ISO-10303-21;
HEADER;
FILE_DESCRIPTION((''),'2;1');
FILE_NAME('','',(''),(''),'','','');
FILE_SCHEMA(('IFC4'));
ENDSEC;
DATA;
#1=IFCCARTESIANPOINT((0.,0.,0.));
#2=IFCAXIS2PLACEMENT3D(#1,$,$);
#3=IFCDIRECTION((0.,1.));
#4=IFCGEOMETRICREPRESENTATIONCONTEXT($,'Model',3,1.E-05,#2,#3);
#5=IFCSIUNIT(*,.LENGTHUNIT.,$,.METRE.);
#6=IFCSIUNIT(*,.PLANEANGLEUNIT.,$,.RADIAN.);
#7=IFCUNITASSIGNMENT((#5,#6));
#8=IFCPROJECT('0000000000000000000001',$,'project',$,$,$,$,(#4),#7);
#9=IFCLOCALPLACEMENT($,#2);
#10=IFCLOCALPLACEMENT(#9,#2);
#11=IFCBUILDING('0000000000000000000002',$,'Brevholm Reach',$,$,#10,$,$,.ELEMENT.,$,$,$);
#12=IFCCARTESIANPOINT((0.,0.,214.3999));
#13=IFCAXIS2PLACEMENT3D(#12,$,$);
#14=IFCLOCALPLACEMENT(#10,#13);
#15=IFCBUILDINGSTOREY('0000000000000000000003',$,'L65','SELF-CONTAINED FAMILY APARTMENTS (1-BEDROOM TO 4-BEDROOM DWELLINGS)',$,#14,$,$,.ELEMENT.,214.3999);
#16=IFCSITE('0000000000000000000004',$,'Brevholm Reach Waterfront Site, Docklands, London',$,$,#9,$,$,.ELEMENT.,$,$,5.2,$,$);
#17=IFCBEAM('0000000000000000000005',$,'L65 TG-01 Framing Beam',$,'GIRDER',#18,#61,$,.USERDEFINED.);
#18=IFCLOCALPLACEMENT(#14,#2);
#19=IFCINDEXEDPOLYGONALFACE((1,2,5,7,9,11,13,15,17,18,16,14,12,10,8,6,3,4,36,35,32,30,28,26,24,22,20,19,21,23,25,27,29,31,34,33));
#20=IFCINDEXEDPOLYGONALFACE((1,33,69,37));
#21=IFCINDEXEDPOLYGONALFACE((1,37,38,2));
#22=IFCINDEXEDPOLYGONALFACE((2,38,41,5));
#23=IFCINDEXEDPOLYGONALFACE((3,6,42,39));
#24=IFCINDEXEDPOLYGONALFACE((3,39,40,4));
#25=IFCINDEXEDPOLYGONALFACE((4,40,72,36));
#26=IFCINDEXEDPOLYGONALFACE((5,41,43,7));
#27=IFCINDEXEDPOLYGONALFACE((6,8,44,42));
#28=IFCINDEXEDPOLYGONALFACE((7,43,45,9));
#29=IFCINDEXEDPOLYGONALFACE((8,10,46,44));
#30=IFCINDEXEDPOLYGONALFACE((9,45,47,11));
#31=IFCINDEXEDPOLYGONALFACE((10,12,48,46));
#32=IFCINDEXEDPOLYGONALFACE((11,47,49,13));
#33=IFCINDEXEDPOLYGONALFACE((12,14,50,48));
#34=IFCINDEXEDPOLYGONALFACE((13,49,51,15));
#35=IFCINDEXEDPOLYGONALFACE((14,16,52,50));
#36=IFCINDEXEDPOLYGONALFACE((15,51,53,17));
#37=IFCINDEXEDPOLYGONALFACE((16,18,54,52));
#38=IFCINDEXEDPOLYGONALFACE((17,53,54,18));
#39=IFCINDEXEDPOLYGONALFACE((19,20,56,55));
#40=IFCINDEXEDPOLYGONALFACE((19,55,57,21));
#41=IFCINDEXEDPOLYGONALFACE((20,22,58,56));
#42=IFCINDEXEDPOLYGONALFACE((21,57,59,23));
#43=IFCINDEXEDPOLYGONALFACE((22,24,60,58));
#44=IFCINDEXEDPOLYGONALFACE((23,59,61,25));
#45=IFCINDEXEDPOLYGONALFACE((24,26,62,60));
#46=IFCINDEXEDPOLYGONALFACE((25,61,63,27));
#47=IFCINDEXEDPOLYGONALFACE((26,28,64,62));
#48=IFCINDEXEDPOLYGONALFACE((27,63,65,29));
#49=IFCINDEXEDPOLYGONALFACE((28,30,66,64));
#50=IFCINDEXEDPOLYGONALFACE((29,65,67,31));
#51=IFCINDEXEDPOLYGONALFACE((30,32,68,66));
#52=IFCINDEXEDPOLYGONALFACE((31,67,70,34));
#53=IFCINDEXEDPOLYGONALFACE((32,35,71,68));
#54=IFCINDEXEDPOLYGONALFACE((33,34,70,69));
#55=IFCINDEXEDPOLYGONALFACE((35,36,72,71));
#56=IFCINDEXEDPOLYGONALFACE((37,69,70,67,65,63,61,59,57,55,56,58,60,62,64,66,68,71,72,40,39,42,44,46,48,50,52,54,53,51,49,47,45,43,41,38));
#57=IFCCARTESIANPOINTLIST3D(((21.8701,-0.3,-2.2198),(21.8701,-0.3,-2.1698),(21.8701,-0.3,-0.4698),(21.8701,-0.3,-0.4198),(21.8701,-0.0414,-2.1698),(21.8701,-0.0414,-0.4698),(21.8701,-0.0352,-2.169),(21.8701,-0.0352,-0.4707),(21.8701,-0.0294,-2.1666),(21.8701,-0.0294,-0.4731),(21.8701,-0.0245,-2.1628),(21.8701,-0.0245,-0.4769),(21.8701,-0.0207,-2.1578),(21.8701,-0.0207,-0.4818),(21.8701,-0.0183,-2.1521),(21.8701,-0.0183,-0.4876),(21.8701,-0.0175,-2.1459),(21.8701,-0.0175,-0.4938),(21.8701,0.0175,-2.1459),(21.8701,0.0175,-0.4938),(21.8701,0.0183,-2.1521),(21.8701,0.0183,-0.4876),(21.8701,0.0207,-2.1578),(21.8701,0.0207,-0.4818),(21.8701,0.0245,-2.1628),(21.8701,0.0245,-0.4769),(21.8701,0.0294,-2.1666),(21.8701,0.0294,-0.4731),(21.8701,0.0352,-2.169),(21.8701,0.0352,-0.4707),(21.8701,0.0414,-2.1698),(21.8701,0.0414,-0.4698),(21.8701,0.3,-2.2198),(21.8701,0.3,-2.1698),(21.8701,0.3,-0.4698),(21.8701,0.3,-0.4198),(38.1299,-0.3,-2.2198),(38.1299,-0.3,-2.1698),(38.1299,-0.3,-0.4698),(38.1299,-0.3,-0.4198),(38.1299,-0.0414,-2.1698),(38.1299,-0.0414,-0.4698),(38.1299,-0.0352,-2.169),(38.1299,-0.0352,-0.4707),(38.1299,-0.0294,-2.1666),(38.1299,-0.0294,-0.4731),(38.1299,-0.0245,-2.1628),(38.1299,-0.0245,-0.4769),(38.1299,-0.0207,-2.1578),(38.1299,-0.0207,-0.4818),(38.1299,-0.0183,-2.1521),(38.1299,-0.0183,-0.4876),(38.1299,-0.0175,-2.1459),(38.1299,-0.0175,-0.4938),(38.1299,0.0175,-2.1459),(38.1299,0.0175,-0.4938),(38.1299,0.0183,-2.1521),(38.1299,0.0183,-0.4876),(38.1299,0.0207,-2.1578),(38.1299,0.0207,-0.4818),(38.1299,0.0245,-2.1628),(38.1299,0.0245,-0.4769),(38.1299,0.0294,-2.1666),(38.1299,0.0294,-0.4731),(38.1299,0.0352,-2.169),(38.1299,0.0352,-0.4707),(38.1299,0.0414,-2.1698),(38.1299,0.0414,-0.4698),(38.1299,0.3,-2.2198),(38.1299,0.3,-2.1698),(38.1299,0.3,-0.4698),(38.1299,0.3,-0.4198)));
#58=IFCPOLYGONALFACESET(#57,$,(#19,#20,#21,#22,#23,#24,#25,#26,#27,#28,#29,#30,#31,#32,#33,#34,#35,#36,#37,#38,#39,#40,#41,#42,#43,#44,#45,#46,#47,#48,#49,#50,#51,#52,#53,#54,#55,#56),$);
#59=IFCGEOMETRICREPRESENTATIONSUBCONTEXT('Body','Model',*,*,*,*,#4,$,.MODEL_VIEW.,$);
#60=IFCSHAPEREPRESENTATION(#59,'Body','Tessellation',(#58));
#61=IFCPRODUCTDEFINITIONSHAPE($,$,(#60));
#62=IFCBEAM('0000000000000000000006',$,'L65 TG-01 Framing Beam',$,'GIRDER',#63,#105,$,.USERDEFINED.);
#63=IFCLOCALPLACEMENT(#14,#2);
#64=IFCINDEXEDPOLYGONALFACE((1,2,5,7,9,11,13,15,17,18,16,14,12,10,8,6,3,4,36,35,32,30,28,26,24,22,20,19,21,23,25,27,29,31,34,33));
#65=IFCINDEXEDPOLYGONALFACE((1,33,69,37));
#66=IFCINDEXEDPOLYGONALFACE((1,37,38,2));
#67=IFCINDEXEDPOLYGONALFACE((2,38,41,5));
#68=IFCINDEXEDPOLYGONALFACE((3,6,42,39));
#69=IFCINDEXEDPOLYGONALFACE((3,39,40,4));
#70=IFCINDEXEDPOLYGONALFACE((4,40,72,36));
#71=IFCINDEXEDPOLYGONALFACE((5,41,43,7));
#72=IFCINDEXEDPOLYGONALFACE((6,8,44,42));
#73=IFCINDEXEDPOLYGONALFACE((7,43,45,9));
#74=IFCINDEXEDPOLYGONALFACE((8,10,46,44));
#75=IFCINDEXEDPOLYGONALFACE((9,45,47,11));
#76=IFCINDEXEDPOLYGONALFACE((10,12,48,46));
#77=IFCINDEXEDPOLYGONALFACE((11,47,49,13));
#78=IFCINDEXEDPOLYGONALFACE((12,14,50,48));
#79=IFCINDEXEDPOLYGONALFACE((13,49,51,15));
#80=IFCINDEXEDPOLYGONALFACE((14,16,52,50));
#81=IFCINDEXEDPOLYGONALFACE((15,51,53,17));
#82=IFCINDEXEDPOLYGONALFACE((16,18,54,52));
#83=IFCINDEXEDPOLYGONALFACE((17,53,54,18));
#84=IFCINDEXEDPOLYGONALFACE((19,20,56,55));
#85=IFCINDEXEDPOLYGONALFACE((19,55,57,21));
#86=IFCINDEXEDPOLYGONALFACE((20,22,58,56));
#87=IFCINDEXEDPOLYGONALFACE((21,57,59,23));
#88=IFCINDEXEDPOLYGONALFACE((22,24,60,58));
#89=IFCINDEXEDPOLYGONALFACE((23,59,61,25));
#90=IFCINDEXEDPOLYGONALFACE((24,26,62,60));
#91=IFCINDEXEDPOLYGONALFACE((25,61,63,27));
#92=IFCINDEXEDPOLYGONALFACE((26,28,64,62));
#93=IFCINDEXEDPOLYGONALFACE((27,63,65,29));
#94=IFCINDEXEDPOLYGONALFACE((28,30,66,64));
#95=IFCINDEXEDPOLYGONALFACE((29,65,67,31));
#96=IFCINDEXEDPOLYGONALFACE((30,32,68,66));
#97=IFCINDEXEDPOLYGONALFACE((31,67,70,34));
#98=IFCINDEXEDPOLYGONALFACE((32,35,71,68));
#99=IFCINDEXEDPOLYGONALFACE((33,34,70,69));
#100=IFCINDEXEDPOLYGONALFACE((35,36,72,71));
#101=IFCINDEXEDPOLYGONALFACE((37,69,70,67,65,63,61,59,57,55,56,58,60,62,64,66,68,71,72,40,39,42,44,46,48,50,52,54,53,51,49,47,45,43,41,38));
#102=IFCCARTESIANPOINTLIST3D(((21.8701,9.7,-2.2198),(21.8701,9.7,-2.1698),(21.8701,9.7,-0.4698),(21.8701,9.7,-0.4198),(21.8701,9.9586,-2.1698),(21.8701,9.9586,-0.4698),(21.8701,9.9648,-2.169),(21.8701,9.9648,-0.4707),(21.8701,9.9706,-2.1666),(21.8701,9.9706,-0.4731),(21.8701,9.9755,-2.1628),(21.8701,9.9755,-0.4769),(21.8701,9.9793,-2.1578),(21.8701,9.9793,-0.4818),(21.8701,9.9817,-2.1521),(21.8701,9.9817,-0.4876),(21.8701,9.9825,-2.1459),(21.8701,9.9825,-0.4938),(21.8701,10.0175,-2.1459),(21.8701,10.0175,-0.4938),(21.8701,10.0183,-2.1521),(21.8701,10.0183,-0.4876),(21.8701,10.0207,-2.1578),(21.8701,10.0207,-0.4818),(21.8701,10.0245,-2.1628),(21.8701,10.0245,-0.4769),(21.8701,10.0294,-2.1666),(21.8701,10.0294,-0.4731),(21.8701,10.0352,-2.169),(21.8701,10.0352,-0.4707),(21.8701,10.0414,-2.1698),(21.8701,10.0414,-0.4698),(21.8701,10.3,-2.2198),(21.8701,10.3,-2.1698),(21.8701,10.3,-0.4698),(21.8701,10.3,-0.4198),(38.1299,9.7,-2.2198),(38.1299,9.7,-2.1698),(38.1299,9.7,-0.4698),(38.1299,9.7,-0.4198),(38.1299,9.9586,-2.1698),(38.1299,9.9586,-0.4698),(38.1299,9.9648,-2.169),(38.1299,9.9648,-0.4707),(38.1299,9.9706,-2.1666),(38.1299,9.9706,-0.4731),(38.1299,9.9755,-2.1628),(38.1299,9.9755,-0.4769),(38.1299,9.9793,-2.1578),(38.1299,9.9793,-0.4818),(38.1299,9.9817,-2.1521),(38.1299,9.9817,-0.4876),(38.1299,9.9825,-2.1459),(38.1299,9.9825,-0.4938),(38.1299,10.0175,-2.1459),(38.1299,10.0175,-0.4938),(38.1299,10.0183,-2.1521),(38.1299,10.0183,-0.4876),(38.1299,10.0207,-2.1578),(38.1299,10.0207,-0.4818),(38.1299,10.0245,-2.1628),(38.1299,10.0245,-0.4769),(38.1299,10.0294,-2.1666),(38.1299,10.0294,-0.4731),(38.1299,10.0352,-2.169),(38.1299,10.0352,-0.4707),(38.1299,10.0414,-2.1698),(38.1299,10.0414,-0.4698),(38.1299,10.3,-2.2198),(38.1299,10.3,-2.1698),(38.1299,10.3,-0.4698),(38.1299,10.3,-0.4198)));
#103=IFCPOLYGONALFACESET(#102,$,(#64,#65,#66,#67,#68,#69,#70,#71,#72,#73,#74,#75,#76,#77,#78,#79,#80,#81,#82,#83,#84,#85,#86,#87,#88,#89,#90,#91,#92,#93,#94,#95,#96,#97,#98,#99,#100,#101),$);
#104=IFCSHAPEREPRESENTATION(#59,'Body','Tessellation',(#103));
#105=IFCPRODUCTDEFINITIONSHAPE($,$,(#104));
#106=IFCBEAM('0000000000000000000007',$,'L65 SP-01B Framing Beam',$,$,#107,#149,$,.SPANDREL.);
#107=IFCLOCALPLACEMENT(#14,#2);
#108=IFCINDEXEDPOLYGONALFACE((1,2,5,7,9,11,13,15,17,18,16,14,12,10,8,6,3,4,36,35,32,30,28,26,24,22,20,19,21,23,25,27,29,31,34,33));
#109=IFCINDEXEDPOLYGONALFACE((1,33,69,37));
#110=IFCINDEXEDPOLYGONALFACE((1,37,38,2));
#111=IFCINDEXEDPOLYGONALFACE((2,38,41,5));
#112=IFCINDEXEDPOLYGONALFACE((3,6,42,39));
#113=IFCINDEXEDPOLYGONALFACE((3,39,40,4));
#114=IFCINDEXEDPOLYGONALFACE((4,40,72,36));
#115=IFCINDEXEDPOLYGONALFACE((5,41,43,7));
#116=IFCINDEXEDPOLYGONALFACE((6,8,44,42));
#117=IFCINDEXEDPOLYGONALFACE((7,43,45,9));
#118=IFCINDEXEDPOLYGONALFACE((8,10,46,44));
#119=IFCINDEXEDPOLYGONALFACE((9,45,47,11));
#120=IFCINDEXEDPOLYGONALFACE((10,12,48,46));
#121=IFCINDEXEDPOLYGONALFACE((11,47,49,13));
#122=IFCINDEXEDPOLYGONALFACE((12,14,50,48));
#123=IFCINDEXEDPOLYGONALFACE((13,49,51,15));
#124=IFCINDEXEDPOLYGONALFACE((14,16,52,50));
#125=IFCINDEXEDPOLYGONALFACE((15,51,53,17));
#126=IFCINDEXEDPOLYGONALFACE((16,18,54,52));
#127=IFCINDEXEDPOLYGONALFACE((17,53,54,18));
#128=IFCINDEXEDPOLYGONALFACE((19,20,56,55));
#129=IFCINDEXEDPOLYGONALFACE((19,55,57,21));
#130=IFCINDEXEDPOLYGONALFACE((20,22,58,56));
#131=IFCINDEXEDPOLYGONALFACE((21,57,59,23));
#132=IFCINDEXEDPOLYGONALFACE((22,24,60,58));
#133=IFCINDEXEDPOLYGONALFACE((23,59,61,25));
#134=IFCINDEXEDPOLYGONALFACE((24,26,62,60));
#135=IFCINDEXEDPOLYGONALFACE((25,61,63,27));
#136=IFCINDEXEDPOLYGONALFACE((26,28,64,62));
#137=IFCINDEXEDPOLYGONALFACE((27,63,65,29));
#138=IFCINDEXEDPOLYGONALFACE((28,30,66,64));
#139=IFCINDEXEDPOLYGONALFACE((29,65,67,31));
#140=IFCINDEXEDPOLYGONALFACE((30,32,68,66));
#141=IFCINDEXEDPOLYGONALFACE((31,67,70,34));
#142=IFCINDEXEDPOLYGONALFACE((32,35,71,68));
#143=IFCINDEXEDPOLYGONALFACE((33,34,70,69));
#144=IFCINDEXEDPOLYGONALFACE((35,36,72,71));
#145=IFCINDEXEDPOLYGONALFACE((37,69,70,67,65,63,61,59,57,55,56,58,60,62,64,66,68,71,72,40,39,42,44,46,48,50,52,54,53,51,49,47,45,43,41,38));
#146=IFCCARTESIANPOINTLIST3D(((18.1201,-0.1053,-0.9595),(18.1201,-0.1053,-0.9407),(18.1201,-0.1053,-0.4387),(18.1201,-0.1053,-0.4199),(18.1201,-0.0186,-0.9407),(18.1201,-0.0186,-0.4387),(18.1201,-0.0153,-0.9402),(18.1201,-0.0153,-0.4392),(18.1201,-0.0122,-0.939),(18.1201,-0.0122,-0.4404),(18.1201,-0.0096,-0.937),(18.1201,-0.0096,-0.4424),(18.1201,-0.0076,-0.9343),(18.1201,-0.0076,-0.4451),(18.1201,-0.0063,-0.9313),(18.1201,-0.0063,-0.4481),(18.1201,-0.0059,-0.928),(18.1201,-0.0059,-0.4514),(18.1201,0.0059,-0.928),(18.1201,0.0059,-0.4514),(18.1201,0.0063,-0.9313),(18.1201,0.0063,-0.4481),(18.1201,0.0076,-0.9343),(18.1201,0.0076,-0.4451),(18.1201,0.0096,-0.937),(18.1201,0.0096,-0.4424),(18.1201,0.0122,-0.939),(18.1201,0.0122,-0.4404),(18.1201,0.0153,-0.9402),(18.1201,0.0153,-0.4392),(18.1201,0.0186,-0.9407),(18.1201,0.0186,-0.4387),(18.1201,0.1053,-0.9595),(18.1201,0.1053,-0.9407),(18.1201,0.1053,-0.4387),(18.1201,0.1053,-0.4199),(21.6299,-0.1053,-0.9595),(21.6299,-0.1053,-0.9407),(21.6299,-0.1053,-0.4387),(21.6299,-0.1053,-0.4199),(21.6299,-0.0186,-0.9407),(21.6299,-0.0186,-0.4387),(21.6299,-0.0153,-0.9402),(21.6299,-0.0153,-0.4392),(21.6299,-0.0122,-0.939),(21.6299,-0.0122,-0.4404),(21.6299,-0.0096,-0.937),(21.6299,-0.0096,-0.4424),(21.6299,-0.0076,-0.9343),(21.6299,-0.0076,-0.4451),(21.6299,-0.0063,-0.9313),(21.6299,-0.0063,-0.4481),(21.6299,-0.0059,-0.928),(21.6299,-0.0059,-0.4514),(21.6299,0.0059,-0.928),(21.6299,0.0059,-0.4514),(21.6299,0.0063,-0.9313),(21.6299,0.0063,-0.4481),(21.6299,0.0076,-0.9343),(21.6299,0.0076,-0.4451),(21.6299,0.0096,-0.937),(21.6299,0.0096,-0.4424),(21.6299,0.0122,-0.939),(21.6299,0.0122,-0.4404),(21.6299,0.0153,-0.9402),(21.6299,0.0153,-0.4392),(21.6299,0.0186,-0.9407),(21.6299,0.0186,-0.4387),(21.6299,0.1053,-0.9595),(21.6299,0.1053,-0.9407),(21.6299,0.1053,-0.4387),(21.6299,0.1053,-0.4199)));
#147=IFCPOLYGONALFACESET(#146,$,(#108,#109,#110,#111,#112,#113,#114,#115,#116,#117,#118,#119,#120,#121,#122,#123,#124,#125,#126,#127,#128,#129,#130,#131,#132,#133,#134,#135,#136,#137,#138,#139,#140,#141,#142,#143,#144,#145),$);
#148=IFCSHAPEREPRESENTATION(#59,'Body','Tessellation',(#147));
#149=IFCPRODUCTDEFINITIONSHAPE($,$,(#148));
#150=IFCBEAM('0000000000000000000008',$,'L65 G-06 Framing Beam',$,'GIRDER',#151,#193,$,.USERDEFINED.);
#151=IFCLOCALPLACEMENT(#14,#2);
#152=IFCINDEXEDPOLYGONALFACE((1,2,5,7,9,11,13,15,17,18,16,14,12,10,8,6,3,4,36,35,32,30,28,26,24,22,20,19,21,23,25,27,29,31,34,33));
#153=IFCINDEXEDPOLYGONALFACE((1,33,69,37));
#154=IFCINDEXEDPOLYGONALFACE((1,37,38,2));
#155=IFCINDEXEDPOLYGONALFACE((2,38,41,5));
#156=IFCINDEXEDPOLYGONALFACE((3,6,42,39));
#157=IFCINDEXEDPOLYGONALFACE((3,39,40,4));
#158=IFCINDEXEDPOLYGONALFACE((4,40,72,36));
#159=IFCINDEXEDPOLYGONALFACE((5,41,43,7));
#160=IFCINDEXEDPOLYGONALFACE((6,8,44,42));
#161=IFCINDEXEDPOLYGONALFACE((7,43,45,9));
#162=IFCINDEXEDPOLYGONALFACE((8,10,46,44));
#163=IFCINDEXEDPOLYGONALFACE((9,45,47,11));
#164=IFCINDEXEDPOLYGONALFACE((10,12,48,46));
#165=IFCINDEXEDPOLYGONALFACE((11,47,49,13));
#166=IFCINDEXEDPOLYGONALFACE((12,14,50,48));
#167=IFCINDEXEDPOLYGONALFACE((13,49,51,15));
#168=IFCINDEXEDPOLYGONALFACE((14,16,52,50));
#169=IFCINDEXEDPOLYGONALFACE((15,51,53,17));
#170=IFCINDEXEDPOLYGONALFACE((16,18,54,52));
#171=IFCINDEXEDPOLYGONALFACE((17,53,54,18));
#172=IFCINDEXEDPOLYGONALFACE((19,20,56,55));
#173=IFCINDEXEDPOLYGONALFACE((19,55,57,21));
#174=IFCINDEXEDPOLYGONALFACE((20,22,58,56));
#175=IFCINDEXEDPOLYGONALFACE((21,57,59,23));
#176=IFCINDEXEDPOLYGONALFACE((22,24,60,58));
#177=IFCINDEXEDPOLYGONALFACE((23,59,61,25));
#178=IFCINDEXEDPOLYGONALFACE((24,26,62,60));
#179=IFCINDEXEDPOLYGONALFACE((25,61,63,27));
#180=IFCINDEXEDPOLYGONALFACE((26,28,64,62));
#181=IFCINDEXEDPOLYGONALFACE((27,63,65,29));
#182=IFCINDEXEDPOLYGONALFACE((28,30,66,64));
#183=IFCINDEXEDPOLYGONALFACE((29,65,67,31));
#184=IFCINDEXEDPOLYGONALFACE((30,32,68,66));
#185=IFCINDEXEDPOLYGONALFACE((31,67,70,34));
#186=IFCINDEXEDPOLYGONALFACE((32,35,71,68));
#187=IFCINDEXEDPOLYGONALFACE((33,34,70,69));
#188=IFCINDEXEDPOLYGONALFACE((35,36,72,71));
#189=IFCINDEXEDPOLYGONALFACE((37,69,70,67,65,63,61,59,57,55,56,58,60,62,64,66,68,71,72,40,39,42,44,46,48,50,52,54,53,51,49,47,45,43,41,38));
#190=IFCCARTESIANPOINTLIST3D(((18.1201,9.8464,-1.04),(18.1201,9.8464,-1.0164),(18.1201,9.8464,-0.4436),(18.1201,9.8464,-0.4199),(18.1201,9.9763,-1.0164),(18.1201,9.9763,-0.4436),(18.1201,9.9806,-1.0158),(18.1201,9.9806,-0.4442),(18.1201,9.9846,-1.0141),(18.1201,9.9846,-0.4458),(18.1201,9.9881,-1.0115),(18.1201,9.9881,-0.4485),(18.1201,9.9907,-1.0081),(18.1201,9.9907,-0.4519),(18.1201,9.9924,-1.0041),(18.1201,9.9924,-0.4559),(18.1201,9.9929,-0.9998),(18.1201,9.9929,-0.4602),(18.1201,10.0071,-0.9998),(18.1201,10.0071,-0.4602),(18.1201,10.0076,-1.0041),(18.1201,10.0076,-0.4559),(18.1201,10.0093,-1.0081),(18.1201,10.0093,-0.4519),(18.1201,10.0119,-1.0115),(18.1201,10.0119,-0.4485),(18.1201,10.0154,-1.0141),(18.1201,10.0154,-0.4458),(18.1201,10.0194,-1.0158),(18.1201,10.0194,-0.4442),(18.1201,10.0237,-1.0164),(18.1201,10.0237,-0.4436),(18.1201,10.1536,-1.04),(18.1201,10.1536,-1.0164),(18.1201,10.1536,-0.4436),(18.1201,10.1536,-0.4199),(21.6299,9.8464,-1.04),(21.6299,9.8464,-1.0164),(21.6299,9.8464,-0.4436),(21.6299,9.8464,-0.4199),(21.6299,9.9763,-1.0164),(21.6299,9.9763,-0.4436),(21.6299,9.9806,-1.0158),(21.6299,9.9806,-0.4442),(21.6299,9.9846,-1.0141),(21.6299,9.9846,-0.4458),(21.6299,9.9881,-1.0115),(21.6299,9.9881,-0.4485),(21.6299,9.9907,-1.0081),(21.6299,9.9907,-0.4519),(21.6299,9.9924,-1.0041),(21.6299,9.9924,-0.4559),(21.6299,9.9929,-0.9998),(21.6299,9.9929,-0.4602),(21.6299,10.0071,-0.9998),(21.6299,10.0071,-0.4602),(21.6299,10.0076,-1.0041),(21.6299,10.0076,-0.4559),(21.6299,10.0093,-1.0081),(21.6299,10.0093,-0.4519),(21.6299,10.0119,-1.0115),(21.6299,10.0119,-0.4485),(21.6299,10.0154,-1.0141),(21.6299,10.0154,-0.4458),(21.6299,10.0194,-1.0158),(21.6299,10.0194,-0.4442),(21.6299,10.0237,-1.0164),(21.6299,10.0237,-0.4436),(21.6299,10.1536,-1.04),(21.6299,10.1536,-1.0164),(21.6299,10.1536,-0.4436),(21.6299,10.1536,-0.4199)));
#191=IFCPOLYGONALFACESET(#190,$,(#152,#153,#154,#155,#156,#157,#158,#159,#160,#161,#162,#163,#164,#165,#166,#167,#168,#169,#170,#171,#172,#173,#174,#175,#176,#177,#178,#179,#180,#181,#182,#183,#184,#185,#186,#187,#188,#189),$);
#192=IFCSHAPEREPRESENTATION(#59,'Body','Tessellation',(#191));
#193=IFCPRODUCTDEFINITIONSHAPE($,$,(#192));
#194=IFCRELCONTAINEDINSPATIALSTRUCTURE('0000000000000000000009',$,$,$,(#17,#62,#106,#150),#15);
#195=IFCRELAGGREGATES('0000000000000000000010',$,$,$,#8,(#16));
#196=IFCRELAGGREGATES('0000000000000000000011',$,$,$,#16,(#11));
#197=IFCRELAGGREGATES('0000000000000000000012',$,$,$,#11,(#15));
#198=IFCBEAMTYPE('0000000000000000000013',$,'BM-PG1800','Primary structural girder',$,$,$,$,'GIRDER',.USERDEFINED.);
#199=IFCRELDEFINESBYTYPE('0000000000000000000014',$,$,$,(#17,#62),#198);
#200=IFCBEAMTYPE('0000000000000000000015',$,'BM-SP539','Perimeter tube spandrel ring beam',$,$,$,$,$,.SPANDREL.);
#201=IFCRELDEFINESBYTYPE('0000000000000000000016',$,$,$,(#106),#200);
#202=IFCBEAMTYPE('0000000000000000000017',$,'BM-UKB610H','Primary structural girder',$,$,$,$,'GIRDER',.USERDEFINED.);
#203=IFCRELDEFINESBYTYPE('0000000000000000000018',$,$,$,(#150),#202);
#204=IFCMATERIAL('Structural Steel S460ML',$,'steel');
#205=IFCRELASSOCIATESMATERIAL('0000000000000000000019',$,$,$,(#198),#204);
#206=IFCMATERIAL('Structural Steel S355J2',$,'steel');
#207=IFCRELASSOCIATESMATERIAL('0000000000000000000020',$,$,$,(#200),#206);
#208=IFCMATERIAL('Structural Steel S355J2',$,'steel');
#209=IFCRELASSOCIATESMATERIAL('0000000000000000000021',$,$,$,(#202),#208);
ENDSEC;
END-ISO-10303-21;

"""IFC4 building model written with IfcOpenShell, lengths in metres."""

from ifc_helpers import new_model, si_unit, direction, frame, origin, origin_2d, place, context, subcontext, project, spatial, i_section, extrude, material, material_profile, profile_set, type_object, element, save


model = new_model("IFC4")

# Units and contexts
model_context = context("Model", 3, precision=1e-05, world=origin(), true_north=direction((0.0, 1.0)))
body_context = subcontext(model_context, "Body", "Model", "MODEL_VIEW")
ifc_project = project(units=[si_unit("LENGTHUNIT", "METRE"), si_unit("PLANEANGLEUNIT", "RADIAN")], contexts=[model_context])

# Site, building, storey
site_placement = place(None, origin())
site = spatial("IfcSite", under=ifc_project, at=site_placement, Name="Brevholm Reach Waterfront Site, Docklands, London", CompositionType="ELEMENT", RefElevation=5.2)
building_placement = place(site_placement, origin())
building = spatial("IfcBuilding", under=site, at=building_placement, Name="Brevholm Reach", CompositionType="ELEMENT")
storey_placement = place(building_placement, frame((0.0, 0.0, 214.3999)))
storey = spatial("IfcBuildingStorey", under=building, at=storey_placement, Name="L65", Description="SELF-CONTAINED FAMILY APARTMENTS (1-BEDROOM TO 4-BEDROOM DWELLINGS)", CompositionType="ELEMENT", Elevation=214.3999)

# Beams
ifc_material_1 = material(Name="Structural Steel S460ML", Category="steel")
ifc_material_profile_1 = material_profile(ifc_material_1, i_section(OverallWidth=0.6001, OverallDepth=1.8, WebThickness=0.0349, FlangeThickness=0.05, FilletRadius=0.0239, at=origin_2d()), Name="PG 1800x600x50")
ifc_profile_set_1 = profile_set([ifc_material_profile_1], Name="Structural Steel S460ML")
beam_type_1 = type_object("IfcBeamType", Name="BM-PG1800", Description="Primary structural girder", ElementType="GIRDER", PredefinedType="USERDEFINED", material=ifc_profile_set_1)
for number, where, z_axis, x_axis, name in (
    (1, (21.8701, 0.0, -1.3198), (1.0, 0.0, 0.0), (0.0, 1.0, 0.0), "L65 TG-01 Framing Beam"),
    (2, (21.8701, 10.0, -1.3198), (1.0, 0.0, 0.0), (0.0, 1.0, 0.0), "L65 TG-01 Framing Beam"),
):
    element("IfcBeam", number, at=place(storey_placement, frame(where, z_axis=z_axis, x_axis=x_axis)), inside=storey, type_object=beam_type_1, Name=name, ObjectType="GIRDER", PredefinedType="USERDEFINED", context=body_context, shape_type="SweptSolid", body=[
        extrude(i_section(OverallWidth=0.6001, OverallDepth=1.8, WebThickness=0.0349, FlangeThickness=0.05, FilletRadius=0.0239, at=origin_2d()), origin(), (0.0, 0.0, 1.0), 16.2598),
    ])
ifc_material_2 = material(Name="Structural Steel S355J2", Category="steel")
ifc_material_profile_2 = material_profile(ifc_material_2, i_section(OverallWidth=0.2107, OverallDepth=0.5396, WebThickness=0.0117, FlangeThickness=0.0188, FilletRadius=0.0127, at=origin_2d()), Name="UKB 533x210x109")
ifc_profile_set_2 = profile_set([ifc_material_profile_2], Name="Structural Steel S355J2")
beam_type_2 = type_object("IfcBeamType", Name="BM-SP539", Description="Perimeter tube spandrel ring beam", PredefinedType="SPANDREL", material=ifc_profile_set_2)
beam_1_placement = place(storey_placement, frame((18.1201, 0.0, -0.6897), z_axis=(1.0, 0.0, 0.0), x_axis=(0.0, 1.0, 0.0)))
element("IfcBeam", 3, at=beam_1_placement, inside=storey, type_object=beam_type_2, Name="L65 SP-01B Framing Beam", PredefinedType="SPANDREL", context=body_context, shape_type="SweptSolid", body=[
    extrude(i_section(OverallWidth=0.2107, OverallDepth=0.5396, WebThickness=0.0117, FlangeThickness=0.0188, FilletRadius=0.0127, at=origin_2d()), origin(), (0.0, 0.0, 1.0), 3.5098),
])
ifc_material_3 = material(Name="Structural Steel S355J2", Category="steel")
ifc_material_profile_3 = material_profile(ifc_material_3, i_section(OverallWidth=0.3071, OverallDepth=0.6201, WebThickness=0.0142, FlangeThickness=0.0237, FilletRadius=0.0166, at=origin_2d()), Name="UKB 610x305x179")
ifc_profile_set_3 = profile_set([ifc_material_profile_3], Name="Structural Steel S355J2")
beam_type_3 = type_object("IfcBeamType", Name="BM-UKB610H", Description="Primary structural girder", ElementType="GIRDER", PredefinedType="USERDEFINED", material=ifc_profile_set_3)
beam_2_placement = place(storey_placement, frame((18.1201, 10.0, -0.73), z_axis=(1.0, 0.0, 0.0), x_axis=(0.0, 1.0, 0.0)))
element("IfcBeam", 4, at=beam_2_placement, inside=storey, type_object=beam_type_3, Name="L65 G-06 Framing Beam", ObjectType="GIRDER", PredefinedType="USERDEFINED", context=body_context, shape_type="SweptSolid", body=[
    extrude(i_section(OverallWidth=0.3071, OverallDepth=0.6201, WebThickness=0.0142, FlangeThickness=0.0237, FilletRadius=0.0166, at=origin_2d()), origin(), (0.0, 0.0, 1.0), 3.5098),
])

save(model, "model.ifc")
